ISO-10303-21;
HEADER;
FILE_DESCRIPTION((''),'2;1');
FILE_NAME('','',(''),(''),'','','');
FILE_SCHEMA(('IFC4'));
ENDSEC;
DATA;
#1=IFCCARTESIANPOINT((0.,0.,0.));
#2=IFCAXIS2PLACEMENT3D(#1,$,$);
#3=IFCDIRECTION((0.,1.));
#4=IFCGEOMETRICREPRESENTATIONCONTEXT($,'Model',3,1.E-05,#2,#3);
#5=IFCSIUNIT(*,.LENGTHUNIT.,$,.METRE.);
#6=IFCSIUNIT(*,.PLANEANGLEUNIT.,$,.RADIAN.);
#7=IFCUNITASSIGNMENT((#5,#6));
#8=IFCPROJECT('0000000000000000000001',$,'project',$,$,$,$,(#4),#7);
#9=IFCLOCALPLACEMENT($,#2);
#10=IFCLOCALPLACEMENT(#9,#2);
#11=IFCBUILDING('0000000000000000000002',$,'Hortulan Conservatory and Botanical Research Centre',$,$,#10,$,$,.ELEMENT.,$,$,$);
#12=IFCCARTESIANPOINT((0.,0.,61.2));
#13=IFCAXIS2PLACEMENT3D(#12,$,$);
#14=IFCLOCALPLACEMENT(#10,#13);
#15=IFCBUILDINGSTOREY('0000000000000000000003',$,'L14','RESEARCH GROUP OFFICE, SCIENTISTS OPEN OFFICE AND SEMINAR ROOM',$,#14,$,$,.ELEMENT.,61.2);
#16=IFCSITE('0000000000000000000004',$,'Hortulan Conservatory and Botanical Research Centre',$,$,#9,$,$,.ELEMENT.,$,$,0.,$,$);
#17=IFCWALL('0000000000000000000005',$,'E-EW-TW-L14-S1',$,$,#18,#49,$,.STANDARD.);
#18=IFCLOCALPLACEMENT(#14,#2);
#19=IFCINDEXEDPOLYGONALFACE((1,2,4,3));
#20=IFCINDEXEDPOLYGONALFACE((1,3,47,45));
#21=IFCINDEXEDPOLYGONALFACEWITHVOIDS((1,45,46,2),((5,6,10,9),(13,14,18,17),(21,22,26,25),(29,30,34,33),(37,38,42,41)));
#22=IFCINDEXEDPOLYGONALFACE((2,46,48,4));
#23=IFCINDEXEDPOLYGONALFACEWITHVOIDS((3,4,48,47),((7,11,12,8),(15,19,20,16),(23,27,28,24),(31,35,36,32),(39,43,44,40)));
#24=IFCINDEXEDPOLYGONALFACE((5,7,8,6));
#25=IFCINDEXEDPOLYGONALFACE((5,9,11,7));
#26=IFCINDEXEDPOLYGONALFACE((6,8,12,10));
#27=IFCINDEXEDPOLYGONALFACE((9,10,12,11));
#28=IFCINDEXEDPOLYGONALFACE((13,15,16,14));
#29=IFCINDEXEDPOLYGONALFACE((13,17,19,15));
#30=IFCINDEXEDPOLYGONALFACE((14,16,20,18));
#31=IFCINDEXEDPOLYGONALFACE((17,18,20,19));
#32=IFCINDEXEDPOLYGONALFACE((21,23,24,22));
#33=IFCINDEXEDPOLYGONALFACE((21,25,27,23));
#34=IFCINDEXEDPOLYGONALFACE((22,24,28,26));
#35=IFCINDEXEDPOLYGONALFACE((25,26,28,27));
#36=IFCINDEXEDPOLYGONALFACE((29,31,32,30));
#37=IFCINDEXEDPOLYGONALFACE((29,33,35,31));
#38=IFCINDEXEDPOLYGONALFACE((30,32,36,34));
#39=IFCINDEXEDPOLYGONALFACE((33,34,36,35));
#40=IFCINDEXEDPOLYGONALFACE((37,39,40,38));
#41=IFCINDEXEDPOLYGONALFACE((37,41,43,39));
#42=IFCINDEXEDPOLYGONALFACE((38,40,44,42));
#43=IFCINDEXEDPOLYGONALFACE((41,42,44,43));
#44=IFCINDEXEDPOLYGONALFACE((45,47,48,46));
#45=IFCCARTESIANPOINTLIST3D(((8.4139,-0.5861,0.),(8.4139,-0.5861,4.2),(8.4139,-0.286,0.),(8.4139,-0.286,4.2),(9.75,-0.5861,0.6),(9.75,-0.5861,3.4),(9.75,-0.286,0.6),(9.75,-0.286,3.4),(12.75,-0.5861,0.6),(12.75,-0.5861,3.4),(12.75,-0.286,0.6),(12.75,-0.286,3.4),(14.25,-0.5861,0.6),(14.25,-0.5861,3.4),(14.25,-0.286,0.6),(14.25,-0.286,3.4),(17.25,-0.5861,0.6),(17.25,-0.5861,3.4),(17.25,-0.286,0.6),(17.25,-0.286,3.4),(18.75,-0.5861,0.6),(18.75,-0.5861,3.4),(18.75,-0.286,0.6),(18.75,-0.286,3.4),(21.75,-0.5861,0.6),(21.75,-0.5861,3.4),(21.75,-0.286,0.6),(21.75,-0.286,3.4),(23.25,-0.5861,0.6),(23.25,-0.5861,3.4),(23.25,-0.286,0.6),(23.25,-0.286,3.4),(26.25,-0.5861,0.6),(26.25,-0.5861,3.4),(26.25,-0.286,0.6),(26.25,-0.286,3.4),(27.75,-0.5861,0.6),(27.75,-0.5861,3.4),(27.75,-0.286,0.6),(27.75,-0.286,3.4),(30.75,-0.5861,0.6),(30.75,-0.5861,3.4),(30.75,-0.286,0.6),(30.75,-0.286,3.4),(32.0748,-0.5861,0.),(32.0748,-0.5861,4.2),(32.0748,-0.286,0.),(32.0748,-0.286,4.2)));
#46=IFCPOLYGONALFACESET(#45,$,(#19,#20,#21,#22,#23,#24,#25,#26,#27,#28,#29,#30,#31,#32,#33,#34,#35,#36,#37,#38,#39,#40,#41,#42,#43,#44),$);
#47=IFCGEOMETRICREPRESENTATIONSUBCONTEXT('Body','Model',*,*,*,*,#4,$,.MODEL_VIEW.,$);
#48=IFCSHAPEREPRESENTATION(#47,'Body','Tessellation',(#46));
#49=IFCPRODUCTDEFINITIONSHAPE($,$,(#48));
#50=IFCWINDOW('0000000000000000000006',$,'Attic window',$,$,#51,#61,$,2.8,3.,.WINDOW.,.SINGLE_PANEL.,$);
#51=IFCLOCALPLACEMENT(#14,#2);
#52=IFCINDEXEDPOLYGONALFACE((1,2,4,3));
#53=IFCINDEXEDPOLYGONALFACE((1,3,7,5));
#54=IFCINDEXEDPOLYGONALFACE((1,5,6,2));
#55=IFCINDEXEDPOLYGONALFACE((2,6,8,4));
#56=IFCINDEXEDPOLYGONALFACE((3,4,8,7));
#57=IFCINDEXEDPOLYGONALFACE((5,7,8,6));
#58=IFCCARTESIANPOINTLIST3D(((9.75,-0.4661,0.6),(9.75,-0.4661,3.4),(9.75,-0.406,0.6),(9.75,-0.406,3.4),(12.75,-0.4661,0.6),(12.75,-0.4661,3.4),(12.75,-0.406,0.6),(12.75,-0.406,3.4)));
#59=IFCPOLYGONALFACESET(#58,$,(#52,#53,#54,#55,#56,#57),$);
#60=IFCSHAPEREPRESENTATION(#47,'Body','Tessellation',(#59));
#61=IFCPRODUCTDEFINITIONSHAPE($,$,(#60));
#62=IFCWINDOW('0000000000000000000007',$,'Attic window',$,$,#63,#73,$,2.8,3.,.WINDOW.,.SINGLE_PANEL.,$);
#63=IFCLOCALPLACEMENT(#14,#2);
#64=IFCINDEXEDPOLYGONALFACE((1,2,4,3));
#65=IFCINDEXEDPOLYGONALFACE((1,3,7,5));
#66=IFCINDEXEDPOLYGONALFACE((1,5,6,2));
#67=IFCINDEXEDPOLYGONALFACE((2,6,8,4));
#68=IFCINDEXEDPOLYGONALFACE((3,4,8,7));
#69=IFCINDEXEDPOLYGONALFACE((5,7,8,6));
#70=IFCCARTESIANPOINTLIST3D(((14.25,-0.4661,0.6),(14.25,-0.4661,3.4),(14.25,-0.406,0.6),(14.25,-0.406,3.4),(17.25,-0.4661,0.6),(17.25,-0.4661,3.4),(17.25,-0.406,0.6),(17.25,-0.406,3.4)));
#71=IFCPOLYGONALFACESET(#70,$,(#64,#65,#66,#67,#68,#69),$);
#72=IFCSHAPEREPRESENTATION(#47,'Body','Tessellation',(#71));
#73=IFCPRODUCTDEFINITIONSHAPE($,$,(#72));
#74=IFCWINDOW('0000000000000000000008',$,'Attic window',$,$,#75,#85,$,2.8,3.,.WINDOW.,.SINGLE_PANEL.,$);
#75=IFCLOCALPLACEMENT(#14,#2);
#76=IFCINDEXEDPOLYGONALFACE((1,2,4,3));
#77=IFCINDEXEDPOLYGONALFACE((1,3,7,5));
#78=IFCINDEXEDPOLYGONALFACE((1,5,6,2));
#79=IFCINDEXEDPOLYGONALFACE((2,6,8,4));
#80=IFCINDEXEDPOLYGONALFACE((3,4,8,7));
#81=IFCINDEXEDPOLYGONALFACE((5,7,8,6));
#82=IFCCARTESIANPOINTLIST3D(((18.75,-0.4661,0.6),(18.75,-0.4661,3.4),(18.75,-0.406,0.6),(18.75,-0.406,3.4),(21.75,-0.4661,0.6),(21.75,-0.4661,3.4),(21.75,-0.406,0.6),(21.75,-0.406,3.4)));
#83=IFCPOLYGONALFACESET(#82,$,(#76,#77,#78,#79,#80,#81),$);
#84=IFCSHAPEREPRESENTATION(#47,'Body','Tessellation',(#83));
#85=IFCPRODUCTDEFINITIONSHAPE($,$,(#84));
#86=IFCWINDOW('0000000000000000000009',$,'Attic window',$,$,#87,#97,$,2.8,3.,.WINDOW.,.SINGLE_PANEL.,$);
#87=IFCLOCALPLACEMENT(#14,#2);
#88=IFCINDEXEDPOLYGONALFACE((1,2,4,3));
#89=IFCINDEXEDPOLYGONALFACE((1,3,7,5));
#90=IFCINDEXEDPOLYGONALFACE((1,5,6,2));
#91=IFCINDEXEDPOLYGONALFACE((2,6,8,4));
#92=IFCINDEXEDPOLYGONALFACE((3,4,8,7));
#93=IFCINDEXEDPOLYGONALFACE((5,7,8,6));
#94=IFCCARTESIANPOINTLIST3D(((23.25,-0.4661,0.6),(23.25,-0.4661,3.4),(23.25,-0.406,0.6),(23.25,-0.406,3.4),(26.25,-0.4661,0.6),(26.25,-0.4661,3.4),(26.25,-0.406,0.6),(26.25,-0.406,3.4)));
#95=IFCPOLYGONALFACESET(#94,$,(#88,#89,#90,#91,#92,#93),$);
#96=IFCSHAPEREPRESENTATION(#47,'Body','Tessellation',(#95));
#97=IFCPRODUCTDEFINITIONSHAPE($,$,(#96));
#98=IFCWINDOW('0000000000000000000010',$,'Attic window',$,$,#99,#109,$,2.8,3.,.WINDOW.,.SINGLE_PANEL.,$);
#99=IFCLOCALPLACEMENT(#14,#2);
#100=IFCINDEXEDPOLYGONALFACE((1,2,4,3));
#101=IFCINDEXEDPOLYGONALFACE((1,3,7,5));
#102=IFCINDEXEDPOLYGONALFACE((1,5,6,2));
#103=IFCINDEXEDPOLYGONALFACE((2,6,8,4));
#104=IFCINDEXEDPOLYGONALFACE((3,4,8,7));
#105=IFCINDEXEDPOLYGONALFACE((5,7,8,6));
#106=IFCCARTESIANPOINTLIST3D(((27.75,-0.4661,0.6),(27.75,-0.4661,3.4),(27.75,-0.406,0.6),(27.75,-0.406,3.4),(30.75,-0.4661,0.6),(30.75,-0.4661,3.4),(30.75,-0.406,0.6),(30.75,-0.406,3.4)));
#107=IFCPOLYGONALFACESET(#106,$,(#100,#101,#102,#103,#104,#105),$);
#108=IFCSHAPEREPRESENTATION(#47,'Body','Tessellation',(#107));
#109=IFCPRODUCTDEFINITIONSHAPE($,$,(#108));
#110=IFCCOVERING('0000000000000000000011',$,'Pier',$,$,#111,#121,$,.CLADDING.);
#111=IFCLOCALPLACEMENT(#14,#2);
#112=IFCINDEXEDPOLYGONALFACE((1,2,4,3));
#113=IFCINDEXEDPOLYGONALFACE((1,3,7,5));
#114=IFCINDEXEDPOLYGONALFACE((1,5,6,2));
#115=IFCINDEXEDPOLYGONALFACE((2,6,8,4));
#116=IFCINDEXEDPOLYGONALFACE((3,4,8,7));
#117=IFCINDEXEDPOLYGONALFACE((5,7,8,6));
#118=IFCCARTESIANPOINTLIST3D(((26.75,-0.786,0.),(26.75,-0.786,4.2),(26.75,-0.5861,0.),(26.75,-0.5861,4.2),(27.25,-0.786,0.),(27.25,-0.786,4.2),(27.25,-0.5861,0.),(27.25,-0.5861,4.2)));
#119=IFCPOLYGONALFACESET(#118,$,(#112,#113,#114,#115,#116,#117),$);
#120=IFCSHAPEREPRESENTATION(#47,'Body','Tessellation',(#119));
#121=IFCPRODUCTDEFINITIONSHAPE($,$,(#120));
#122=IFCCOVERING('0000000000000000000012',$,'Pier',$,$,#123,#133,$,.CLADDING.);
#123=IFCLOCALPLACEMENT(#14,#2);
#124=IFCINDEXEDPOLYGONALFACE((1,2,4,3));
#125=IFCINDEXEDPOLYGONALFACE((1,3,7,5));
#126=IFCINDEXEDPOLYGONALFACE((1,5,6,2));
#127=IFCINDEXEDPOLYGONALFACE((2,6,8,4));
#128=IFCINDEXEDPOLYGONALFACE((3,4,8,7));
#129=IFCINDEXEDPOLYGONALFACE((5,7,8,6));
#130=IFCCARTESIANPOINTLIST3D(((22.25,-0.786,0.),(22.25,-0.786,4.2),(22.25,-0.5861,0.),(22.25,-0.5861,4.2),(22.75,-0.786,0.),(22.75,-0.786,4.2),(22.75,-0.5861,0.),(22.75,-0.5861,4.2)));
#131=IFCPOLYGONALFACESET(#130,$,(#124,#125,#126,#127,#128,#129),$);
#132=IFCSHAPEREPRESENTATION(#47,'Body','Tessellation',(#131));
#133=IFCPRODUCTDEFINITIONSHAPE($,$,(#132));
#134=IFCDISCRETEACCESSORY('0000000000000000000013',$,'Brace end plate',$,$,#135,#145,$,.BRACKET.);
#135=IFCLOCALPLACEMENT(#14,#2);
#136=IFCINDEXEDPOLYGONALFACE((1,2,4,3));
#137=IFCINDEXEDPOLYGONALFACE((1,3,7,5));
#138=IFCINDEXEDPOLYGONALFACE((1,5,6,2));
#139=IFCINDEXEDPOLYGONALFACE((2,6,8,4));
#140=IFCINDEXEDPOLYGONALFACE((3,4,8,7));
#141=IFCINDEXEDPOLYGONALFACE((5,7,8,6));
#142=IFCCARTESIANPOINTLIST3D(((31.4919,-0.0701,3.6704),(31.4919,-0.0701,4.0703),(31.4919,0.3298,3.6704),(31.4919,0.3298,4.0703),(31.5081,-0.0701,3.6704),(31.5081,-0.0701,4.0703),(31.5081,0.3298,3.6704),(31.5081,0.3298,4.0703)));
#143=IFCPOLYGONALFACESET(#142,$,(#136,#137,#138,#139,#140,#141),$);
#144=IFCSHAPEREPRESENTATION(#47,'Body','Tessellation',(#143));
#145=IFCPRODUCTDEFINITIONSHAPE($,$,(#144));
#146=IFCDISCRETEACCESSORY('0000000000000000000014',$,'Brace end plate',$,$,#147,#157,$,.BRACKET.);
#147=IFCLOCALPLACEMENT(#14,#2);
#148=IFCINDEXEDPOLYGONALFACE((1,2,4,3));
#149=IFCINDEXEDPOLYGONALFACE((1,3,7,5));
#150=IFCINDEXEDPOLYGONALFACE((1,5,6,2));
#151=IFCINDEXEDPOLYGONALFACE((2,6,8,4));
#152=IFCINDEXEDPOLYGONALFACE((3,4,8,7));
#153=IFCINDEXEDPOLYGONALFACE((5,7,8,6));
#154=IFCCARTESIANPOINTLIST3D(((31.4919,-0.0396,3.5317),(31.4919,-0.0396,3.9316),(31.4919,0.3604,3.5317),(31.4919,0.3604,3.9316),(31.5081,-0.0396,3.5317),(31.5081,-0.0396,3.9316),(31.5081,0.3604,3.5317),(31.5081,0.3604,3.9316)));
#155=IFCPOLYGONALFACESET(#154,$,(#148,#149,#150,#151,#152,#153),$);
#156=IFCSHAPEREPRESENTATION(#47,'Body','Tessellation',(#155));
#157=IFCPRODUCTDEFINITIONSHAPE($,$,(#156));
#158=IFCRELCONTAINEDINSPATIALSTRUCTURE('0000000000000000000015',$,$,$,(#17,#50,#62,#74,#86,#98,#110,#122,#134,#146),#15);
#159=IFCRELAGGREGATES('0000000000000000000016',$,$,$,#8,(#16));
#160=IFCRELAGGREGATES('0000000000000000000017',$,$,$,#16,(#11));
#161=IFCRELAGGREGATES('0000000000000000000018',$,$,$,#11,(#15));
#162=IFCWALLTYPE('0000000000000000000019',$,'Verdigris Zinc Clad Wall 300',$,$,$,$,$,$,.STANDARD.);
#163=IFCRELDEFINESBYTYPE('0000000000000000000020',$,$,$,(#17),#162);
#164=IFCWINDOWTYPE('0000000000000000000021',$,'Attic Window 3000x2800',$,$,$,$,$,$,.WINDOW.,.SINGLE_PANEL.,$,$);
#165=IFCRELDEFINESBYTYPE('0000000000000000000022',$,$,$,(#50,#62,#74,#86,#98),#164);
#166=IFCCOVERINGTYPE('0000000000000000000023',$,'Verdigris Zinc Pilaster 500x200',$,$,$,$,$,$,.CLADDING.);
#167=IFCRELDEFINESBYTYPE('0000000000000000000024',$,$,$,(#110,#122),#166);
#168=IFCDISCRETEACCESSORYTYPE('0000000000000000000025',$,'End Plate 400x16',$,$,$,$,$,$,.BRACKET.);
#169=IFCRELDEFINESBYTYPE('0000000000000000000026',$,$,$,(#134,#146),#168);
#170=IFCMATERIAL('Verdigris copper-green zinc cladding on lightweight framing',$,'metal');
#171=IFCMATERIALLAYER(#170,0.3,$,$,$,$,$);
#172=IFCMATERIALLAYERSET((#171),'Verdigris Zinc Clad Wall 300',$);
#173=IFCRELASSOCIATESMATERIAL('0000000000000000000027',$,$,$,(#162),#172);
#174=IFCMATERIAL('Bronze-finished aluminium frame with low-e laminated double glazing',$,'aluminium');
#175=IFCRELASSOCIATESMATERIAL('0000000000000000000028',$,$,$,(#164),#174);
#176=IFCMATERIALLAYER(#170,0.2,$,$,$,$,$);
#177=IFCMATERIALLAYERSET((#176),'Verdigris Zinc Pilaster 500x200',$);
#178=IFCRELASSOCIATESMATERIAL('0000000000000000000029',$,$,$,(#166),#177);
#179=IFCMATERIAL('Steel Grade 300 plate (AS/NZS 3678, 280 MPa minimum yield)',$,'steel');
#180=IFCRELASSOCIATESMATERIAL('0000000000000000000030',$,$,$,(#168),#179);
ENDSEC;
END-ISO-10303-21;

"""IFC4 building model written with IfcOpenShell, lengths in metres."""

from ifc_helpers import new_model, si_unit, direction, frame, frame_2d, origin, origin_2d, place, context, subcontext, project, spatial, rectangle, extrude, material, layer, layer_set, type_object, element, fill, save


model = new_model("IFC4")

# Units and contexts
model_context = context("Model", 3, precision=1e-05, world=origin(), true_north=direction((0.0, 1.0)))
body_context = subcontext(model_context, "Body", "Model", "MODEL_VIEW")
ifc_project = project(units=[si_unit("LENGTHUNIT", "METRE"), si_unit("PLANEANGLEUNIT", "RADIAN")], contexts=[model_context])

# Site, building, storey
site_placement = place(None, origin())
site = spatial("IfcSite", under=ifc_project, at=site_placement, Name="Hortulan Conservatory and Botanical Research Centre", CompositionType="ELEMENT", RefElevation=0.0)
building_placement = place(site_placement, origin())
building = spatial("IfcBuilding", under=site, at=building_placement, Name="Hortulan Conservatory and Botanical Research Centre", CompositionType="ELEMENT")
storey_placement = place(building_placement, frame((0.0, 0.0, 61.2)))
storey = spatial("IfcBuildingStorey", under=building, at=storey_placement, Name="L14", Description="RESEARCH GROUP OFFICE, SCIENTISTS OPEN OFFICE AND SEMINAR ROOM", CompositionType="ELEMENT", Elevation=61.2)

# Wall, openings, windows
ifc_material_1 = material(Name="Verdigris copper-green zinc cladding on lightweight framing", Category="metal")
ifc_layer_1 = layer(ifc_material_1, 0.3)
ifc_layer_set_1 = layer_set([ifc_layer_1], Name="Verdigris Zinc Clad Wall 300")
wall_type_1 = type_object("IfcWallType", Name="Verdigris Zinc Clad Wall 300", PredefinedType="STANDARD", material=ifc_layer_set_1)
wall_1_placement = place(storey_placement, frame((32.075, -0.436, 0.0), z_axis=(0.0, 0.0, 1.0), x_axis=(-1.0, 0.0, 0.0)))
wall_1 = element("IfcWall", 1, at=wall_1_placement, inside=storey, type_object=wall_type_1, Name="E-EW-TW-L14-S1", PredefinedType="STANDARD", context=body_context, shape_type="SweptSolid", body=[
    extrude(rectangle(XDim=23.6609, YDim=0.3, at=frame_2d((11.8306, 0.0))), origin(), (0.0, 0.0, 1.0), 4.2),
])
opening_1_placement = place(wall_1_placement, frame((19.325, 0.0, 0.6001)))
opening_1 = element("IfcOpeningElement", 2, at=opening_1_placement, cuts=wall_1, PredefinedType="OPENING", context=body_context, shape_type="SweptSolid", body=[
    extrude(rectangle(XDim=3.0, YDim=2.8, at=frame_2d((1.5, 1.3999))), frame((0.0, 0.1599, 0.0), z_axis=(0.0, -1.0, 0.0), x_axis=(1.0, 0.0, 0.0)), (0.0, 0.0, 1.0), 0.3201),
])
opening_2_placement = place(wall_1_placement, frame((14.825, 0.0, 0.6001)))
opening_2 = element("IfcOpeningElement", 3, at=opening_2_placement, cuts=wall_1, PredefinedType="OPENING", context=body_context, shape_type="SweptSolid", body=[
    extrude(rectangle(XDim=3.0, YDim=2.8, at=frame_2d((1.5, 1.3999))), frame((0.0, 0.1599, 0.0), z_axis=(0.0, -1.0, 0.0), x_axis=(1.0, 0.0, 0.0)), (0.0, 0.0, 1.0), 0.3201),
])
opening_3_placement = place(wall_1_placement, frame((10.325, 0.0, 0.6001)))
opening_3 = element("IfcOpeningElement", 4, at=opening_3_placement, cuts=wall_1, PredefinedType="OPENING", context=body_context, shape_type="SweptSolid", body=[
    extrude(rectangle(XDim=3.0, YDim=2.8, at=frame_2d((1.5, 1.3999))), frame((0.0, 0.1599, 0.0), z_axis=(0.0, -1.0, 0.0), x_axis=(1.0, 0.0, 0.0)), (0.0, 0.0, 1.0), 0.3201),
])
opening_4_placement = place(wall_1_placement, frame((5.825, 0.0, 0.6001)))
opening_4 = element("IfcOpeningElement", 5, at=opening_4_placement, cuts=wall_1, PredefinedType="OPENING", context=body_context, shape_type="SweptSolid", body=[
    extrude(rectangle(XDim=3.0, YDim=2.8, at=frame_2d((1.5, 1.3999))), frame((0.0, 0.1599, 0.0), z_axis=(0.0, -1.0, 0.0), x_axis=(1.0, 0.0, 0.0)), (0.0, 0.0, 1.0), 0.3201),
])
opening_5_placement = place(wall_1_placement, frame((1.325, 0.0, 0.6001)))
opening_5 = element("IfcOpeningElement", 6, at=opening_5_placement, cuts=wall_1, PredefinedType="OPENING", context=body_context, shape_type="SweptSolid", body=[
    extrude(rectangle(XDim=3.0, YDim=2.8, at=frame_2d((1.5, 1.3999))), frame((0.0, 0.1599, 0.0), z_axis=(0.0, -1.0, 0.0), x_axis=(1.0, 0.0, 0.0)), (0.0, 0.0, 1.0), 0.3201),
])
ifc_material_2 = material(Name="Bronze-finished aluminium frame with low-e laminated double glazing", Category="aluminium")
window_type = type_object("IfcWindowType", Name="Attic Window 3000x2800", PartitioningType="SINGLE_PANEL", PredefinedType="WINDOW", material=ifc_material_2)
window_1_placement = place(opening_1_placement, origin())
window_1 = element("IfcWindow", 7, at=window_1_placement, inside=storey, type_object=window_type, Name="Attic window", OverallHeight=2.8, OverallWidth=3.0, PartitioningType="SINGLE_PANEL", PredefinedType="WINDOW", context=body_context, shape_type="SweptSolid", body=[
    extrude(rectangle(XDim=3.0, YDim=2.8, at=frame_2d((1.5, 1.3999))), frame((0.0, 0.03, 0.0), z_axis=(0.0, -1.0, 0.0), x_axis=(1.0, 0.0, 0.0)), (0.0, 0.0, 1.0), 0.0601),
])
fill(opening_1, window_1)
window_2_placement = place(opening_2_placement, origin())
window_2 = element("IfcWindow", 8, at=window_2_placement, inside=storey, type_object=window_type, Name="Attic window", OverallHeight=2.8, OverallWidth=3.0, PartitioningType="SINGLE_PANEL", PredefinedType="WINDOW", context=body_context, shape_type="SweptSolid", body=[
    extrude(rectangle(XDim=3.0, YDim=2.8, at=frame_2d((1.5, 1.3999))), frame((0.0, 0.03, 0.0), z_axis=(0.0, -1.0, 0.0), x_axis=(1.0, 0.0, 0.0)), (0.0, 0.0, 1.0), 0.0601),
])
fill(opening_2, window_2)
window_3_placement = place(opening_3_placement, origin())
window_3 = element("IfcWindow", 9, at=window_3_placement, inside=storey, type_object=window_type, Name="Attic window", OverallHeight=2.8, OverallWidth=3.0, PartitioningType="SINGLE_PANEL", PredefinedType="WINDOW", context=body_context, shape_type="SweptSolid", body=[
    extrude(rectangle(XDim=3.0, YDim=2.8, at=frame_2d((1.5, 1.3999))), frame((0.0, 0.03, 0.0), z_axis=(0.0, -1.0, 0.0), x_axis=(1.0, 0.0, 0.0)), (0.0, 0.0, 1.0), 0.0601),
])
fill(opening_3, window_3)
window_4_placement = place(opening_4_placement, origin())
window_4 = element("IfcWindow", 10, at=window_4_placement, inside=storey, type_object=window_type, Name="Attic window", OverallHeight=2.8, OverallWidth=3.0, PartitioningType="SINGLE_PANEL", PredefinedType="WINDOW", context=body_context, shape_type="SweptSolid", body=[
    extrude(rectangle(XDim=3.0, YDim=2.8, at=frame_2d((1.5, 1.3999))), frame((0.0, 0.03, 0.0), z_axis=(0.0, -1.0, 0.0), x_axis=(1.0, 0.0, 0.0)), (0.0, 0.0, 1.0), 0.0601),
])
fill(opening_4, window_4)
window_5_placement = place(opening_5_placement, origin())
window_5 = element("IfcWindow", 11, at=window_5_placement, inside=storey, type_object=window_type, Name="Attic window", OverallHeight=2.8, OverallWidth=3.0, PartitioningType="SINGLE_PANEL", PredefinedType="WINDOW", context=body_context, shape_type="SweptSolid", body=[
    extrude(rectangle(XDim=3.0, YDim=2.8, at=frame_2d((1.5, 1.3999))), frame((0.0, 0.03, 0.0), z_axis=(0.0, -1.0, 0.0), x_axis=(1.0, 0.0, 0.0)), (0.0, 0.0, 1.0), 0.0601),
])
fill(opening_5, window_5)

# Coverings
ifc_layer_2 = layer(ifc_material_1, 0.2)
ifc_layer_set_2 = layer_set([ifc_layer_2], Name="Verdigris Zinc Pilaster 500x200")
covering_type = type_object("IfcCoveringType", Name="Verdigris Zinc Pilaster 500x200", PredefinedType="CLADDING", material=ifc_layer_set_2)
for number, where, z_axis, x_axis, name in (
    (12, (27.0, -0.686, 0.0), (0.0, 0.0, 1.0), (-1.0, 0.0, 0.0), "Pier"),
    (13, (22.5, -0.686, 0.0), (0.0, 0.0, 1.0), (-1.0, 0.0, 0.0), "Pier"),
):
    element("IfcCovering", number, at=place(storey_placement, frame(where, z_axis=z_axis, x_axis=x_axis)), inside=storey, type_object=covering_type, Name=name, PredefinedType="CLADDING", context=body_context, shape_type="SweptSolid", body=[
        extrude(rectangle(XDim=0.5, YDim=0.2, at=origin_2d()), origin(), (0.0, 0.0, 1.0), 4.2),
    ])

# Discrete accessories
ifc_material_3 = material(Name="Steel Grade 300 plate (AS/NZS 3678, 280 MPa minimum yield)", Category="steel")
discrete_accessory_type = type_object("IfcDiscreteAccessoryType", Name="End Plate 400x16", PredefinedType="BRACKET", material=ifc_material_3)
for number, where, z_axis, x_axis, name in (
    (14, (31.5, 0.1299, 3.6704), (0.0, 0.0, 1.0), (0.0, -1.0, 0.0), "Brace end plate"),
    (15, (31.5, 0.1604, 3.5317), (0.0, 0.0, 1.0), (0.0, -1.0, 0.0), "Brace end plate"),
):
    element("IfcDiscreteAccessory", number, at=place(storey_placement, frame(where, z_axis=z_axis, x_axis=x_axis)), inside=storey, type_object=discrete_accessory_type, Name=name, PredefinedType="BRACKET", context=body_context, shape_type="SweptSolid", body=[
        extrude(rectangle(XDim=0.3999, YDim=0.0161, at=origin_2d()), origin(), (0.0, 0.0, 1.0), 0.3999),
    ])

save(model, "model.ifc")
